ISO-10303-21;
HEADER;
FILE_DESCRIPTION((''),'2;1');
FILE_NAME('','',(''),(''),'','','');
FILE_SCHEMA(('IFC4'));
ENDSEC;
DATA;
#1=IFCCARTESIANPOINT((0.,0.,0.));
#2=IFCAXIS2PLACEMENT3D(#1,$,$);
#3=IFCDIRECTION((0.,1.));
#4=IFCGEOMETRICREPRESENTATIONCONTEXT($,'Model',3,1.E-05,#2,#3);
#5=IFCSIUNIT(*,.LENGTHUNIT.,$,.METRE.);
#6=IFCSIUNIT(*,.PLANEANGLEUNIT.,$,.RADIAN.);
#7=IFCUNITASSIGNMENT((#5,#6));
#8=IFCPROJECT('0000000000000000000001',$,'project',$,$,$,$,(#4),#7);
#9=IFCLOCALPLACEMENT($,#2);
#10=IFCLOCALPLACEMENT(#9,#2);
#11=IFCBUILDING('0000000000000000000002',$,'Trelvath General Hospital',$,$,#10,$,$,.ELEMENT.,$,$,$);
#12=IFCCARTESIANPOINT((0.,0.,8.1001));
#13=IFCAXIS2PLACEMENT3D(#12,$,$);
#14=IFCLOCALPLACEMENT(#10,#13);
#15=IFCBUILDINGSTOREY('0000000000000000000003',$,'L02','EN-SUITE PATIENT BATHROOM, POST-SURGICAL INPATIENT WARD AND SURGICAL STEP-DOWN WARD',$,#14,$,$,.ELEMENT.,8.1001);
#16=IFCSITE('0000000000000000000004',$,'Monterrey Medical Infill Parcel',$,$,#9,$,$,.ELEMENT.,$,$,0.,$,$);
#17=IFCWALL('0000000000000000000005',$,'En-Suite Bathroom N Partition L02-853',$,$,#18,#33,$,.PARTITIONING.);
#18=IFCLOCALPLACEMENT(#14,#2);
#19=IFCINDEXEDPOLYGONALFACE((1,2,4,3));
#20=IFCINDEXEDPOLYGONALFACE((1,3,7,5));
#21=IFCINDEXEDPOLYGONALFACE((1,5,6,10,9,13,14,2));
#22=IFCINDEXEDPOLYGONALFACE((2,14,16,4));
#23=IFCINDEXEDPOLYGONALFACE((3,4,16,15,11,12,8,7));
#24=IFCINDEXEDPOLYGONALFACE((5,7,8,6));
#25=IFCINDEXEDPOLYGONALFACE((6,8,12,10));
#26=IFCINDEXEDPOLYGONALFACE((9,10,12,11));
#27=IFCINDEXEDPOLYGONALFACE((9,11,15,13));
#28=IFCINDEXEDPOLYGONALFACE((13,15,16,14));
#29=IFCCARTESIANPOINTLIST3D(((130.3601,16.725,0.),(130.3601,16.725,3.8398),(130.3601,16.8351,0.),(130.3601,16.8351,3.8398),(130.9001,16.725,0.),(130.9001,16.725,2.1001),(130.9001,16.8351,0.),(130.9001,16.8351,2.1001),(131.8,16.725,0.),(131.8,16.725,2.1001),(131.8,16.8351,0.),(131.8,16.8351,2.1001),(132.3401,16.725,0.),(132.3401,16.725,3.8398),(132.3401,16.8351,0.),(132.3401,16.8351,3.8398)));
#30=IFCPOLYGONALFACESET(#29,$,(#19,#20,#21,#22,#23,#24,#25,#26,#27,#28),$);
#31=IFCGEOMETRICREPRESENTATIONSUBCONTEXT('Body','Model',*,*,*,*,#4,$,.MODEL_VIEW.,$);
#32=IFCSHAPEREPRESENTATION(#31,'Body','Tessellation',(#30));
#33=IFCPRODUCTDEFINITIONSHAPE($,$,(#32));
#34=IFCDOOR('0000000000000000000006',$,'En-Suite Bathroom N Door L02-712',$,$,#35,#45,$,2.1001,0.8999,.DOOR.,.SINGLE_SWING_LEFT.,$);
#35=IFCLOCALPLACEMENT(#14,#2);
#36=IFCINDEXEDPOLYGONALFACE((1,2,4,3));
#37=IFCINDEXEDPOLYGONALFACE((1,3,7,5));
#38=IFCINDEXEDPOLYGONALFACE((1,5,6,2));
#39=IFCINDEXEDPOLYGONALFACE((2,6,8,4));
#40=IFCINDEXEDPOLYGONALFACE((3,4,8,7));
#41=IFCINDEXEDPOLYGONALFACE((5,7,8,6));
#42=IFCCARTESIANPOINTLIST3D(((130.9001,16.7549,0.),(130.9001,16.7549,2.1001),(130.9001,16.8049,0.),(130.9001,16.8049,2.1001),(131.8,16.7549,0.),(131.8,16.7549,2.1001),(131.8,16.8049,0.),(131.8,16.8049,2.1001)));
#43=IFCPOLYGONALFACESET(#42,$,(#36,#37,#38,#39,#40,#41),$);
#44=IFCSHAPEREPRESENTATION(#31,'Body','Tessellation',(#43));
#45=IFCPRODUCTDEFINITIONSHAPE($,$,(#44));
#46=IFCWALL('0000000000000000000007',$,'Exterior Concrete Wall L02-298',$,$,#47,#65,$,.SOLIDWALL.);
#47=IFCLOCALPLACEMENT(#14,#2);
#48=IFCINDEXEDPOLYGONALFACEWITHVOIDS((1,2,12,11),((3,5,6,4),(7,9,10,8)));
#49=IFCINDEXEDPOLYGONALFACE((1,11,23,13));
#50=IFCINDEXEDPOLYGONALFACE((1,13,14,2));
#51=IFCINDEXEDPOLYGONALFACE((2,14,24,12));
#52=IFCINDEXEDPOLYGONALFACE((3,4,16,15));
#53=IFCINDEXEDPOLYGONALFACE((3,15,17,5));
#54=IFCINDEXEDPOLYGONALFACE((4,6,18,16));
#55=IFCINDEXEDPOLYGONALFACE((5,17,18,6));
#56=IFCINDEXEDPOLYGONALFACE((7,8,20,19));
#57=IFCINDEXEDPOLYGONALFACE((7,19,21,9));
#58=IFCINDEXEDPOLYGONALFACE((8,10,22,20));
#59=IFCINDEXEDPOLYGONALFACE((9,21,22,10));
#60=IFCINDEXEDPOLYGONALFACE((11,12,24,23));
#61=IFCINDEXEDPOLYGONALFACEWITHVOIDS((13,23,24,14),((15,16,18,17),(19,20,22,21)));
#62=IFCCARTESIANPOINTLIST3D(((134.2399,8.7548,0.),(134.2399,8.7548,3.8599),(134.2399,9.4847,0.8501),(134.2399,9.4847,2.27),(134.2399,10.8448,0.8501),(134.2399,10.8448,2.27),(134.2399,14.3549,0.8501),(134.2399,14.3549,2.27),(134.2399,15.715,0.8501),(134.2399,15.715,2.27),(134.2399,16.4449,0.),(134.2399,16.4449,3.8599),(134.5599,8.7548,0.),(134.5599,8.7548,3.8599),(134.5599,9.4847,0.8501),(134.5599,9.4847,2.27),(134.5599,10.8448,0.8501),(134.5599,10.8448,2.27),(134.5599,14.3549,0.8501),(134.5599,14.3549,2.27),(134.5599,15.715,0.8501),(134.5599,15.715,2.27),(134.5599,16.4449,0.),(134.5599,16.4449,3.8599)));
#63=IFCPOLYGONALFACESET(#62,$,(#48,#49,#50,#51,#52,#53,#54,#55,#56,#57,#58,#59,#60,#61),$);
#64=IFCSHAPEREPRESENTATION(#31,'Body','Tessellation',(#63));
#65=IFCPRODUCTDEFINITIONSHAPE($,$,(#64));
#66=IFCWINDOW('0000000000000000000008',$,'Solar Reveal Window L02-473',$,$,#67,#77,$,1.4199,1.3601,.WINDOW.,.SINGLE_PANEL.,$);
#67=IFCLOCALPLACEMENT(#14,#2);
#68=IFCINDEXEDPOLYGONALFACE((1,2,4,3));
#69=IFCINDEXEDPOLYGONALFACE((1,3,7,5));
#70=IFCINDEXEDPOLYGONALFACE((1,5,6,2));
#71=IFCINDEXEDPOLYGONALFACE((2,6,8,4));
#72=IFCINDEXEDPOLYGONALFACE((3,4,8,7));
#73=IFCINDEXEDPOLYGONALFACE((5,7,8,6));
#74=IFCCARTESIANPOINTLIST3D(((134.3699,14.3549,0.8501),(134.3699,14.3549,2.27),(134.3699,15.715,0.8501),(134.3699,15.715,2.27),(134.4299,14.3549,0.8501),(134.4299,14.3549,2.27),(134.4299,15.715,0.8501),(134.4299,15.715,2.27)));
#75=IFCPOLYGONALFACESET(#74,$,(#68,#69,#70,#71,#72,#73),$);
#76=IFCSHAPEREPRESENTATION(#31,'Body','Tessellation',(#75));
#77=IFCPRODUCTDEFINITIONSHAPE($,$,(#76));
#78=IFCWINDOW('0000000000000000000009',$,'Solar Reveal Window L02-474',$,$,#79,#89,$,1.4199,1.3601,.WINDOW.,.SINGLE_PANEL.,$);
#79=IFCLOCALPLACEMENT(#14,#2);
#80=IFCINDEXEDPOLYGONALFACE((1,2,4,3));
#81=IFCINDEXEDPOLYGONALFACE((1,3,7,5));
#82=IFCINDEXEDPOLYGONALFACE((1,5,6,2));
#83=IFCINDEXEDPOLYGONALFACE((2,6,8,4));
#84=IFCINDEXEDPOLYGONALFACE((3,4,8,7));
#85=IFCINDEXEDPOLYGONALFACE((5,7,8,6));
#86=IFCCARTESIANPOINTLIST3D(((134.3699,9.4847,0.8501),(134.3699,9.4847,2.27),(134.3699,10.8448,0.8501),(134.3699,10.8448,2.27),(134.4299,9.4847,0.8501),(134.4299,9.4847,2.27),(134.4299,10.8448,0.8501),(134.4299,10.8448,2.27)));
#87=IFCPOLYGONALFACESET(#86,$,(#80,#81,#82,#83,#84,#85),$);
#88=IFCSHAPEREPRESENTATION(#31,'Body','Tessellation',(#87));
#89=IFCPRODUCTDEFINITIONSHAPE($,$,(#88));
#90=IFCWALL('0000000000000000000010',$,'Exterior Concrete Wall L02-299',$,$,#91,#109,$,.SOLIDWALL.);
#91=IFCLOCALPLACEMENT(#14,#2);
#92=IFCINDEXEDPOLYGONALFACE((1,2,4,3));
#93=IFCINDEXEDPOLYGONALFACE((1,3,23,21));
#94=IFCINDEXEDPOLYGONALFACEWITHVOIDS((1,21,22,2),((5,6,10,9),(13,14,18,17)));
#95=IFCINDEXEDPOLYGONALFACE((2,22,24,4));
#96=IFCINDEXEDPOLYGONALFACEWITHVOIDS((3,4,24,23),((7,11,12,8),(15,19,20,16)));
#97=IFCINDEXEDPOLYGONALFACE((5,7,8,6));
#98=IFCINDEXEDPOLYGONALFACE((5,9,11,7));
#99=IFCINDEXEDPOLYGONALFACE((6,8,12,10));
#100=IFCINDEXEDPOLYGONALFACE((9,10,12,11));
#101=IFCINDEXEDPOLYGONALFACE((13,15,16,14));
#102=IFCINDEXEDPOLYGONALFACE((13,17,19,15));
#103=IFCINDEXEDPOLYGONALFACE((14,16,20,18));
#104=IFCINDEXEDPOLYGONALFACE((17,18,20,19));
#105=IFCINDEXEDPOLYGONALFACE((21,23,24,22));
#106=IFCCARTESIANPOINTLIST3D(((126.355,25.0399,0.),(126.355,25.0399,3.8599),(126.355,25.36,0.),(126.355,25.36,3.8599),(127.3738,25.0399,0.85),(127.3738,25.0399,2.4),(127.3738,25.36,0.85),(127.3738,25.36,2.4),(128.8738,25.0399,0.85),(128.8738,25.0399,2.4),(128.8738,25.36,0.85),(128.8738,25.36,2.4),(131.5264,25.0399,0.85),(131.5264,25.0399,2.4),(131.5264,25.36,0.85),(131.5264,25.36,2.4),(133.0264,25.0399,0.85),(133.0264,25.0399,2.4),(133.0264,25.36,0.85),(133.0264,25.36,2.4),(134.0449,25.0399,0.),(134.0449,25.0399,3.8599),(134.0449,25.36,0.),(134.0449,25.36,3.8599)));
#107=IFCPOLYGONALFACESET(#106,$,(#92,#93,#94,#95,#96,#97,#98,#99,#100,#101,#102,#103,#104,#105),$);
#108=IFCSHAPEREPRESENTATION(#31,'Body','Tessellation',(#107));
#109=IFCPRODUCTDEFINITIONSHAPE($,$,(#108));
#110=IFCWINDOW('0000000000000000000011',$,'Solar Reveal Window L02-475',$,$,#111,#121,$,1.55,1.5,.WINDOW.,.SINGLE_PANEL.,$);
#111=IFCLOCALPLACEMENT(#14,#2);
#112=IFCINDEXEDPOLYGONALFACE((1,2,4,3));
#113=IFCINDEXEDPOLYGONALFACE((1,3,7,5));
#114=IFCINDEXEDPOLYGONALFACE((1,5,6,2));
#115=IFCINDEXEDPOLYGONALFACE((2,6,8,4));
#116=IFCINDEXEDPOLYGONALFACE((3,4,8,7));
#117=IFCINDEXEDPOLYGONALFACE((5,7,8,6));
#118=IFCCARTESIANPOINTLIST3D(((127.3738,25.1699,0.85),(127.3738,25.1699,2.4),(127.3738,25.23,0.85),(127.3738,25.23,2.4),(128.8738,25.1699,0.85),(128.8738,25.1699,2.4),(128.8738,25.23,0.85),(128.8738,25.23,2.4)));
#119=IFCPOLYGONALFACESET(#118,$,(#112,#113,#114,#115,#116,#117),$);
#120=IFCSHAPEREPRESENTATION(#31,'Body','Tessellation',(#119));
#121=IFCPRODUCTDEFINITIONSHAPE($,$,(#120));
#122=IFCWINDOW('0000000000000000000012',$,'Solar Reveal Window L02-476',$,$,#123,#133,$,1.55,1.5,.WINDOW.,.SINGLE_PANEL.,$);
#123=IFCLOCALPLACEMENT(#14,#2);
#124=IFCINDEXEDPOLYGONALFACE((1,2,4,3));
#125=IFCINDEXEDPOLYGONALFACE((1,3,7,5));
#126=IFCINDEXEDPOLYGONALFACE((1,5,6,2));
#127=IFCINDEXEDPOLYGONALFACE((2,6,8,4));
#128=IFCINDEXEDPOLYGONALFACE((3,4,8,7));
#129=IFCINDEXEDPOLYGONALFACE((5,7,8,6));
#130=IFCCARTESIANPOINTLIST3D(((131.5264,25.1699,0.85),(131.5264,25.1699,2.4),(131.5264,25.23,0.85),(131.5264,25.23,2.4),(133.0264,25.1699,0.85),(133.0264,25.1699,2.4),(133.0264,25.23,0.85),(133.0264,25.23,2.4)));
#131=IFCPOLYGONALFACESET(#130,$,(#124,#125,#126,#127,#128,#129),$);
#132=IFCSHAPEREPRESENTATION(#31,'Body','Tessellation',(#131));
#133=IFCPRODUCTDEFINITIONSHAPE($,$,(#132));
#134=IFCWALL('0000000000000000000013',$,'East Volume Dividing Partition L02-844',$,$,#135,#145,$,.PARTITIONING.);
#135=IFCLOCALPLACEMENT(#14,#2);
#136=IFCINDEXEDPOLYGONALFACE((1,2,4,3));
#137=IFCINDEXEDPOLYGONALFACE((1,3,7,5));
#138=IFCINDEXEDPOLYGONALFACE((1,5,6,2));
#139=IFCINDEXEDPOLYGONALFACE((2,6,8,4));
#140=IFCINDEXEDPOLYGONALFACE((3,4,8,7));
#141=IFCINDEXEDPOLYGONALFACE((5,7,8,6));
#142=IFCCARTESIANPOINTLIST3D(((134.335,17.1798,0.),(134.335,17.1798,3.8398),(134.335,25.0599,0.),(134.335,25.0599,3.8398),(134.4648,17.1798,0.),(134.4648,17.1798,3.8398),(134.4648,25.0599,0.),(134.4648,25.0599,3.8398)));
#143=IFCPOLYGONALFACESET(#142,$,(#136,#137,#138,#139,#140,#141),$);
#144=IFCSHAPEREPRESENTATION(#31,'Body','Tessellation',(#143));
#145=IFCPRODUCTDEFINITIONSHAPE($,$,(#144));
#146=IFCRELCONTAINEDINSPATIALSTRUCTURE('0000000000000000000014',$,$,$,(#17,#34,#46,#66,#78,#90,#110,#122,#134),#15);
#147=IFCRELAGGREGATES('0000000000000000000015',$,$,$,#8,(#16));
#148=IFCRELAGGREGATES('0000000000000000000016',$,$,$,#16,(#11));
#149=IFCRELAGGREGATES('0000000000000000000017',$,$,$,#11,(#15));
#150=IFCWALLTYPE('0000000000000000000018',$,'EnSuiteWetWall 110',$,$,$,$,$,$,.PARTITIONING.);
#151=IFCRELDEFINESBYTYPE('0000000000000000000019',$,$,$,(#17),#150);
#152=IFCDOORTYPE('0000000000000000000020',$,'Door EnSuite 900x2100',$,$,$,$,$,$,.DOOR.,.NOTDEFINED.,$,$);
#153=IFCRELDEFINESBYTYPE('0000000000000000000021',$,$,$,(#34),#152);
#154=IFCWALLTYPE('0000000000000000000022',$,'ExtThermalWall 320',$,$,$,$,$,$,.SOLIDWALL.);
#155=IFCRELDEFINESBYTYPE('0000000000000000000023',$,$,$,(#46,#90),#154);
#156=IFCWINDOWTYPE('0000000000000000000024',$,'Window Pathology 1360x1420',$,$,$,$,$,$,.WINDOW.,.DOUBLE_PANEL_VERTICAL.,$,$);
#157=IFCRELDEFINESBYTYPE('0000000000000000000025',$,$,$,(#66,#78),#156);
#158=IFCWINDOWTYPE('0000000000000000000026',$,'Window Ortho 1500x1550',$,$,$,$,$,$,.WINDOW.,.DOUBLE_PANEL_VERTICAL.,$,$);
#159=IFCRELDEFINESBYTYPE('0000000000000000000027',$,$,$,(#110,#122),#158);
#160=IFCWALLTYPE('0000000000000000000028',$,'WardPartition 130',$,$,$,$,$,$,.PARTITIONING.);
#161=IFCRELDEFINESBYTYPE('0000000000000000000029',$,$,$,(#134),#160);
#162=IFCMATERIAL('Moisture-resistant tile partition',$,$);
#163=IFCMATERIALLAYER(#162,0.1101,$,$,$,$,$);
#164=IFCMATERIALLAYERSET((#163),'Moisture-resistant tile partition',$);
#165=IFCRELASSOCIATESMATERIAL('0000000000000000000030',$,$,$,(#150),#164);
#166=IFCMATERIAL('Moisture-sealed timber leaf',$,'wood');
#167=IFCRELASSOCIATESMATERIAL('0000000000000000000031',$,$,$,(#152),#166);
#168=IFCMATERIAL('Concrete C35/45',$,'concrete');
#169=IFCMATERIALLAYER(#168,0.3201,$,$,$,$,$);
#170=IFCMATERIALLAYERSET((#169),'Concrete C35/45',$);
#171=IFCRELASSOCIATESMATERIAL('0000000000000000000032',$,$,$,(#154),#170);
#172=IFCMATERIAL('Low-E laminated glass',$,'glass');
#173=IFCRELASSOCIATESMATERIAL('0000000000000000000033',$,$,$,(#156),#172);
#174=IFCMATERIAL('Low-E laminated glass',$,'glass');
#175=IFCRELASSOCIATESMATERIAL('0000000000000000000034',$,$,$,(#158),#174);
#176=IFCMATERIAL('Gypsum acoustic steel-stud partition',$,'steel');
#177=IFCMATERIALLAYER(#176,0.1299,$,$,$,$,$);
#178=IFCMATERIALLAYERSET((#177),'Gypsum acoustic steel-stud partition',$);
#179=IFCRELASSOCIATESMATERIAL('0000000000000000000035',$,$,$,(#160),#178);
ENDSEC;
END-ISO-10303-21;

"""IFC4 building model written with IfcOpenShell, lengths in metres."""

from ifc_helpers import new_model, si_unit, direction, frame, frame_2d, origin, place, context, subcontext, project, spatial, rectangle, extrude, material, layer, layer_set, type_object, element, fill, save


model = new_model("IFC4")

# Units and contexts
model_context = context("Model", 3, precision=1e-05, world=origin(), true_north=direction((0.0, 1.0)))
body_context = subcontext(model_context, "Body", "Model", "MODEL_VIEW")
ifc_project = project(units=[si_unit("LENGTHUNIT", "METRE"), si_unit("PLANEANGLEUNIT", "RADIAN")], contexts=[model_context])

# Site, building, storey
site_placement = place(None, origin())
site = spatial("IfcSite", under=ifc_project, at=site_placement, Name="Monterrey Medical Infill Parcel", CompositionType="ELEMENT", RefElevation=0.0)
building_placement = place(site_placement, origin())
building = spatial("IfcBuilding", under=site, at=building_placement, Name="Trelvath General Hospital", CompositionType="ELEMENT")
storey_placement = place(building_placement, frame((0.0, 0.0, 8.1001)))
storey = spatial("IfcBuildingStorey", under=building, at=storey_placement, Name="L02", Description="EN-SUITE PATIENT BATHROOM, POST-SURGICAL INPATIENT WARD AND SURGICAL STEP-DOWN WARD", CompositionType="ELEMENT", Elevation=8.1001)

# Shared definitions
ifc_material_1 = material(Name="Moisture-resistant tile partition")
ifc_layer_1 = layer(ifc_material_1, 0.1101)
ifc_layer_set_1 = layer_set([ifc_layer_1], Name="Moisture-resistant tile partition")
wall_type_1 = type_object("IfcWallType", Name="EnSuiteWetWall 110", PredefinedType="PARTITIONING", material=ifc_layer_set_1)
ifc_material_2 = material(Name="Moisture-sealed timber leaf", Category="wood")
door_type = type_object("IfcDoorType", Name="Door EnSuite 900x2100", OperationType="NOTDEFINED", PredefinedType="DOOR", material=ifc_material_2)

# Wall, opening, door
wall_1_placement = place(storey_placement, frame((130.3601, 16.78, 0.0), z_axis=(0.0, 0.0, 1.0), x_axis=(1.0, 0.0, 0.0)))
wall_1 = element("IfcWall", 1, at=wall_1_placement, inside=storey, type_object=wall_type_1, Name="En-Suite Bathroom N Partition L02-853", PredefinedType="PARTITIONING", context=body_context, shape_type="SweptSolid", body=[
    extrude(rectangle(XDim=1.98, YDim=0.1101, at=frame_2d((0.99, 0.0))), origin(), (0.0, 0.0, 1.0), 3.8398),
])
opening_1_placement = place(wall_1_placement, frame((0.54, 0.0, 0.0)))
opening_1 = element("IfcOpeningElement", 2, at=opening_1_placement, cuts=wall_1, PredefinedType="OPENING", context=body_context, shape_type="SweptSolid", body=[
    extrude(rectangle(XDim=0.8999, YDim=2.1001, at=frame_2d((0.45, 1.05))), frame((0.0, 0.0649, 0.0), z_axis=(0.0, -1.0, 0.0), x_axis=(1.0, 0.0, 0.0)), (0.0, 0.0, 1.0), 0.1301),
])
door_1_placement = place(opening_1_placement, origin())
door_1 = element("IfcDoor", 3, at=door_1_placement, inside=storey, type_object=door_type, Name="En-Suite Bathroom N Door L02-712", OperationType="SINGLE_SWING_LEFT", OverallHeight=2.1001, OverallWidth=0.8999, PredefinedType="DOOR", context=body_context, shape_type="SweptSolid", body=[
    extrude(rectangle(XDim=0.8999, YDim=2.1001, at=frame_2d((0.45, 1.05))), frame((0.0, 0.0249, 0.0), z_axis=(0.0, -1.0, 0.0), x_axis=(1.0, 0.0, 0.0)), (0.0, 0.0, 1.0), 0.05),
])
fill(opening_1, door_1)

# Walls, openings, windows
ifc_material_3 = material(Name="Concrete C35/45", Category="concrete")
ifc_layer_2 = layer(ifc_material_3, 0.3201)
ifc_layer_set_2 = layer_set([ifc_layer_2], Name="Concrete C35/45")
wall_type_2 = type_object("IfcWallType", Name="ExtThermalWall 320", PredefinedType="SOLIDWALL", material=ifc_layer_set_2)
wall_2_placement = place(storey_placement, frame((134.3999, 16.4451, 0.0), z_axis=(0.0, 0.0, 1.0), x_axis=(0.0, -1.0, 0.0)))
wall_2 = element("IfcWall", 4, at=wall_2_placement, inside=storey, type_object=wall_type_2, Name="Exterior Concrete Wall L02-298", PredefinedType="SOLIDWALL", context=body_context, shape_type="SweptSolid", body=[
    extrude(rectangle(XDim=7.6902, YDim=0.3201, at=frame_2d((3.8452, 0.0))), origin(), (0.0, 0.0, 1.0), 3.8599),
])
opening_2_placement = place(wall_2_placement, frame((0.73, 0.0, 0.8501)))
opening_2 = element("IfcOpeningElement", 5, at=opening_2_placement, cuts=wall_2, PredefinedType="OPENING", context=body_context, shape_type="SweptSolid", body=[
    extrude(rectangle(XDim=1.3601, YDim=1.4199, at=frame_2d((0.6802, 0.71))), frame((0.0, 0.1699, 0.0), z_axis=(0.0, -1.0, 0.0), x_axis=(1.0, 0.0, 0.0)), (0.0, 0.0, 1.0), 0.3401),
])
opening_3_placement = place(wall_2_placement, frame((5.6001, 0.0, 0.8501)))
opening_3 = element("IfcOpeningElement", 6, at=opening_3_placement, cuts=wall_2, PredefinedType="OPENING", context=body_context, shape_type="SweptSolid", body=[
    extrude(rectangle(XDim=1.3601, YDim=1.4199, at=frame_2d((0.6802, 0.71))), frame((0.0, 0.1699, 0.0), z_axis=(0.0, -1.0, 0.0), x_axis=(1.0, 0.0, 0.0)), (0.0, 0.0, 1.0), 0.3401),
])
ifc_material_4 = material(Name="Low-E laminated glass", Category="glass")
window_type_1 = type_object("IfcWindowType", Name="Window Pathology 1360x1420", PartitioningType="DOUBLE_PANEL_VERTICAL", PredefinedType="WINDOW", material=ifc_material_4)
window_1_placement = place(opening_2_placement, origin())
window_1 = element("IfcWindow", 7, at=window_1_placement, inside=storey, type_object=window_type_1, Name="Solar Reveal Window L02-473", OverallHeight=1.4199, OverallWidth=1.3601, PartitioningType="SINGLE_PANEL", PredefinedType="WINDOW", context=body_context, shape_type="SweptSolid", body=[
    extrude(rectangle(XDim=1.3601, YDim=1.4199, at=frame_2d((0.6802, 0.71))), frame((0.0, 0.03, 0.0), z_axis=(0.0, -1.0, 0.0), x_axis=(1.0, 0.0, 0.0)), (0.0, 0.0, 1.0), 0.0601),
])
fill(opening_2, window_1)
window_2_placement = place(opening_3_placement, origin())
window_2 = element("IfcWindow", 8, at=window_2_placement, inside=storey, type_object=window_type_1, Name="Solar Reveal Window L02-474", OverallHeight=1.4199, OverallWidth=1.3601, PartitioningType="SINGLE_PANEL", PredefinedType="WINDOW", context=body_context, shape_type="SweptSolid", body=[
    extrude(rectangle(XDim=1.3601, YDim=1.4199, at=frame_2d((0.6802, 0.71))), frame((0.0, 0.03, 0.0), z_axis=(0.0, -1.0, 0.0), x_axis=(1.0, 0.0, 0.0)), (0.0, 0.0, 1.0), 0.0601),
])
fill(opening_3, window_2)
wall_3_placement = place(storey_placement, frame((126.355, 25.2, 0.0), z_axis=(0.0, 0.0, 1.0), x_axis=(1.0, 0.0, 0.0)))
wall_3 = element("IfcWall", 9, at=wall_3_placement, inside=storey, type_object=wall_type_2, Name="Exterior Concrete Wall L02-299", PredefinedType="SOLIDWALL", context=body_context, shape_type="SweptSolid", body=[
    extrude(rectangle(XDim=7.6899, YDim=0.3201, at=frame_2d((3.845, 0.0))), origin(), (0.0, 0.0, 1.0), 3.8599),
])
opening_4_placement = place(wall_3_placement, frame((1.0188, 0.0, 0.8501)))
opening_4 = element("IfcOpeningElement", 10, at=opening_4_placement, cuts=wall_3, PredefinedType="OPENING", context=body_context, shape_type="SweptSolid", body=[
    extrude(rectangle(XDim=1.5, YDim=1.55, at=frame_2d((0.75, 0.7749))), frame((0.0, 0.1699, 0.0), z_axis=(0.0, -1.0, 0.0), x_axis=(1.0, 0.0, 0.0)), (0.0, 0.0, 1.0), 0.3401),
])
opening_5_placement = place(wall_3_placement, frame((5.1714, 0.0, 0.8501)))
opening_5 = element("IfcOpeningElement", 11, at=opening_5_placement, cuts=wall_3, PredefinedType="OPENING", context=body_context, shape_type="SweptSolid", body=[
    extrude(rectangle(XDim=1.5, YDim=1.55, at=frame_2d((0.75, 0.7749))), frame((0.0, 0.1699, 0.0), z_axis=(0.0, -1.0, 0.0), x_axis=(1.0, 0.0, 0.0)), (0.0, 0.0, 1.0), 0.3401),
])
ifc_material_5 = material(Name="Low-E laminated glass", Category="glass")
window_type_2 = type_object("IfcWindowType", Name="Window Ortho 1500x1550", PartitioningType="DOUBLE_PANEL_VERTICAL", PredefinedType="WINDOW", material=ifc_material_5)
window_3_placement = place(opening_4_placement, origin())
window_3 = element("IfcWindow", 12, at=window_3_placement, inside=storey, type_object=window_type_2, Name="Solar Reveal Window L02-475", OverallHeight=1.55, OverallWidth=1.5, PartitioningType="SINGLE_PANEL", PredefinedType="WINDOW", context=body_context, shape_type="SweptSolid", body=[
    extrude(rectangle(XDim=1.5, YDim=1.55, at=frame_2d((0.75, 0.7749))), frame((0.0, 0.03, 0.0), z_axis=(0.0, -1.0, 0.0), x_axis=(1.0, 0.0, 0.0)), (0.0, 0.0, 1.0), 0.0601),
])
fill(opening_4, window_3)
window_4_placement = place(opening_5_placement, origin())
window_4 = element("IfcWindow", 13, at=window_4_placement, inside=storey, type_object=window_type_2, Name="Solar Reveal Window L02-476", OverallHeight=1.55, OverallWidth=1.5, PartitioningType="SINGLE_PANEL", PredefinedType="WINDOW", context=body_context, shape_type="SweptSolid", body=[
    extrude(rectangle(XDim=1.5, YDim=1.55, at=frame_2d((0.75, 0.7749))), frame((0.0, 0.03, 0.0), z_axis=(0.0, -1.0, 0.0), x_axis=(1.0, 0.0, 0.0)), (0.0, 0.0, 1.0), 0.0601),
])
fill(opening_5, window_4)

# Wall
ifc_material_6 = material(Name="Gypsum acoustic steel-stud partition", Category="steel")
ifc_layer_3 = layer(ifc_material_6, 0.1299)
ifc_layer_set_3 = layer_set([ifc_layer_3], Name="Gypsum acoustic steel-stud partition")
wall_type_3 = type_object("IfcWallType", Name="WardPartition 130", PredefinedType="PARTITIONING", material=ifc_layer_set_3)
wall_4_placement = place(storey_placement, frame((134.3999, 17.1799, 0.0), z_axis=(0.0, 0.0, 1.0), x_axis=(0.0, 1.0, 0.0)))
element("IfcWall", 14, at=wall_4_placement, inside=storey, type_object=wall_type_3, Name="East Volume Dividing Partition L02-844", PredefinedType="PARTITIONING", context=body_context, shape_type="SweptSolid", body=[
    extrude(rectangle(XDim=7.8801, YDim=0.1299, at=frame_2d((3.9399, 0.0))), origin(), (0.0, 0.0, 1.0), 3.8398),
])

save(model, "model.ifc")
